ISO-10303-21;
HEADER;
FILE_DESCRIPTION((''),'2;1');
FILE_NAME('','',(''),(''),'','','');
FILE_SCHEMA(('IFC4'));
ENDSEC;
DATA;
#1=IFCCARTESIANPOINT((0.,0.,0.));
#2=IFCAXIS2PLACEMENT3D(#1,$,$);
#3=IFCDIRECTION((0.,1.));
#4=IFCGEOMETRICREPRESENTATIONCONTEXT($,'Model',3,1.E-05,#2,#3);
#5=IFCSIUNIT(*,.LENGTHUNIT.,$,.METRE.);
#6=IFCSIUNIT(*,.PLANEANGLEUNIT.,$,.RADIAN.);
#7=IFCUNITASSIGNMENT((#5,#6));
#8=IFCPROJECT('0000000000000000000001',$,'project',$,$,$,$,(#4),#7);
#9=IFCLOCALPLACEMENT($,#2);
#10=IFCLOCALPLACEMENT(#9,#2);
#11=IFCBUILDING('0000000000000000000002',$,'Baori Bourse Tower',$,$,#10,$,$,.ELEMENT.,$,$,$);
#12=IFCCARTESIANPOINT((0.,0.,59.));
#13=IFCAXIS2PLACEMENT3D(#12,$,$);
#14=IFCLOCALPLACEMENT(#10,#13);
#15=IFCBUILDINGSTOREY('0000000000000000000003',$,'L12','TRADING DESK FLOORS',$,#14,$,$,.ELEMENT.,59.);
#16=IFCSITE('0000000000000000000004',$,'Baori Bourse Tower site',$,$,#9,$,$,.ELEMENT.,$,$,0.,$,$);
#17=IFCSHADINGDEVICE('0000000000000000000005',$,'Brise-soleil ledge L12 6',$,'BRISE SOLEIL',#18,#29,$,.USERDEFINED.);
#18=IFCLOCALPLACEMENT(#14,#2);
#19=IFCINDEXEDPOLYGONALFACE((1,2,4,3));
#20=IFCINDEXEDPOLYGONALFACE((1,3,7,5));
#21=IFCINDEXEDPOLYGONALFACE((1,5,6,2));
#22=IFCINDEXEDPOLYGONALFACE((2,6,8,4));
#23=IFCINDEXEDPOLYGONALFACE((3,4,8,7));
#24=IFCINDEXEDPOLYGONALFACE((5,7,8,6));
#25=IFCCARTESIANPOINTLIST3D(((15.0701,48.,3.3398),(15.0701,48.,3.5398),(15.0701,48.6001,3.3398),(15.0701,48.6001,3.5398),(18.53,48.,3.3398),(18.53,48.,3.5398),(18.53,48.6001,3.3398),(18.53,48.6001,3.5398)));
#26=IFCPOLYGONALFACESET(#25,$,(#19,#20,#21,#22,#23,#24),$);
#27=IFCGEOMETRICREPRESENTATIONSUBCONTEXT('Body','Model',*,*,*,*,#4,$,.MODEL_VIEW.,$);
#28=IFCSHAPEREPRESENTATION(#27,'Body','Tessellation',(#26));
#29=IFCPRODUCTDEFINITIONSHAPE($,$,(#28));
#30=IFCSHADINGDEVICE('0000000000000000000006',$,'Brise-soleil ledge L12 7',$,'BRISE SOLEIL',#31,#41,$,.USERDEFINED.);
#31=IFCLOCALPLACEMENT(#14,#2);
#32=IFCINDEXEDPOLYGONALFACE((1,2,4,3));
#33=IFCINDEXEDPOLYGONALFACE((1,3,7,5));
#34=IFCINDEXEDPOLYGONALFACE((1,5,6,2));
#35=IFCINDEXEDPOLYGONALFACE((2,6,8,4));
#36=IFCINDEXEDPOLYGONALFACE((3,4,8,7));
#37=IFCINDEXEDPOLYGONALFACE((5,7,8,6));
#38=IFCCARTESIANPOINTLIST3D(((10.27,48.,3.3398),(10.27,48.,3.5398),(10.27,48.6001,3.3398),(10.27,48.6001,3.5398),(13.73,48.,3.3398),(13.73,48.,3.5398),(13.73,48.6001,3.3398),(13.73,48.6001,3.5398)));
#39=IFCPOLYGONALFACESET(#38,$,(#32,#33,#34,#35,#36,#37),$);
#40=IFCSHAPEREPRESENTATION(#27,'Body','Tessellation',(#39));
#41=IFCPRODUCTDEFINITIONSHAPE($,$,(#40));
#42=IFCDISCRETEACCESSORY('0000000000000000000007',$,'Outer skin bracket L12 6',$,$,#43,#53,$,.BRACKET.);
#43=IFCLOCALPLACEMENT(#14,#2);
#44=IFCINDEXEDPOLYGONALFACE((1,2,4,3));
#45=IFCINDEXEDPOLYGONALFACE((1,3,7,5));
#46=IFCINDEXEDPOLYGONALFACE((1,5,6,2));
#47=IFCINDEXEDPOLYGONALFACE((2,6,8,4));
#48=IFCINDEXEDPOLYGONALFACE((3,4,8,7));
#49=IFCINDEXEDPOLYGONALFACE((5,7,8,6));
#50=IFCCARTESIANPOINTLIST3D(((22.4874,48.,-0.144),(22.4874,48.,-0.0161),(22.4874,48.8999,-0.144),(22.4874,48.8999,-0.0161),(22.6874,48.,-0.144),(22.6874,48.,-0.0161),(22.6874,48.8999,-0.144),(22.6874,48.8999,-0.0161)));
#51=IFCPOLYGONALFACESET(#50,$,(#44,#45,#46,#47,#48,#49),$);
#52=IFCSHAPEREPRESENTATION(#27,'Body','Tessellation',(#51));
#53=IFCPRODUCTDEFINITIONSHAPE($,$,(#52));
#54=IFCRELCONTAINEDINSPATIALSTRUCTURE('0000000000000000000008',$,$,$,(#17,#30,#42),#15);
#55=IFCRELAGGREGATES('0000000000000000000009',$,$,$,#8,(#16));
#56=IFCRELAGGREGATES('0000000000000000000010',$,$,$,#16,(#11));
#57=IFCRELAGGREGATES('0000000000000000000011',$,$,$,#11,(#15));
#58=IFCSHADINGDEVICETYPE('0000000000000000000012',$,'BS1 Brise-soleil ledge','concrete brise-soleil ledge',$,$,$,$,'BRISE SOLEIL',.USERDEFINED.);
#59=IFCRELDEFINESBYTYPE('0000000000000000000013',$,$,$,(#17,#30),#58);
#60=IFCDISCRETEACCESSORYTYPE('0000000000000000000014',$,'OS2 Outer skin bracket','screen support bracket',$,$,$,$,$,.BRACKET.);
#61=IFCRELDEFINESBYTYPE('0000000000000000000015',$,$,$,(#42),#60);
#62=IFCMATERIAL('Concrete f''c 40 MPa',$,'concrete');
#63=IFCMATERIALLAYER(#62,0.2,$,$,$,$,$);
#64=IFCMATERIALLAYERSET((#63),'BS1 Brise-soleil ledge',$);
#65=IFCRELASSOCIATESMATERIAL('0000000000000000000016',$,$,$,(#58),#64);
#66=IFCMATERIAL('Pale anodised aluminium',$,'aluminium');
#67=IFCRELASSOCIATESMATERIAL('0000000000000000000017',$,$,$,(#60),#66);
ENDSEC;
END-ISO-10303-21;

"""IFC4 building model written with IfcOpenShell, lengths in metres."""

from ifc_helpers import new_model, si_unit, direction, frame, origin, origin_2d, place, context, subcontext, project, spatial, rectangle, extrude, material, layer, layer_set, type_object, element, save


model = new_model("IFC4")

# Units and contexts
model_context = context("Model", 3, precision=1e-05, world=origin(), true_north=direction((0.0, 1.0)))
body_context = subcontext(model_context, "Body", "Model", "MODEL_VIEW")
ifc_project = project(units=[si_unit("LENGTHUNIT", "METRE"), si_unit("PLANEANGLEUNIT", "RADIAN")], contexts=[model_context])

# Site, building, storey
site_placement = place(None, origin())
site = spatial("IfcSite", under=ifc_project, at=site_placement, Name="Baori Bourse Tower site", CompositionType="ELEMENT", RefElevation=0.0)
building_placement = place(site_placement, origin())
building = spatial("IfcBuilding", under=site, at=building_placement, Name="Baori Bourse Tower", CompositionType="ELEMENT")
storey_placement = place(building_placement, frame((0.0, 0.0, 59.0)))
storey = spatial("IfcBuildingStorey", under=building, at=storey_placement, Name="L12", Description="TRADING DESK FLOORS", CompositionType="ELEMENT", Elevation=59.0)

# Shading devices
ifc_material_1 = material(Name="Concrete f'c 40 MPa", Category="concrete")
ifc_layer_1 = layer(ifc_material_1, 0.2)
ifc_layer_set_1 = layer_set([ifc_layer_1], Name="BS1 Brise-soleil ledge")
shading_device_type = type_object("IfcShadingDeviceType", Name="BS1 Brise-soleil ledge", Description="concrete brise-soleil ledge", ElementType="BRISE SOLEIL", PredefinedType="USERDEFINED", material=ifc_layer_set_1)
for number, where, z_axis, x_axis, name in (
    (1, (16.8, 48.3, 3.3398), (0.0, 0.0, 1.0), (-1.0, 0.0, 0.0), "Brise-soleil ledge L12 6"),
    (2, (12.0, 48.3, 3.3398), (0.0, 0.0, 1.0), (-1.0, 0.0, 0.0), "Brise-soleil ledge L12 7"),
):
    element("IfcShadingDevice", number, at=place(storey_placement, frame(where, z_axis=z_axis, x_axis=x_axis)), inside=storey, type_object=shading_device_type, Name=name, ObjectType="BRISE SOLEIL", PredefinedType="USERDEFINED", context=body_context, shape_type="SweptSolid", body=[
        extrude(rectangle(XDim=3.46, YDim=0.6001, at=origin_2d()), origin(), (0.0, 0.0, 1.0), 0.2),
    ])

# Discrete accessory
ifc_material_2 = material(Name="Pale anodised aluminium", Category="aluminium")
discrete_accessory_type = type_object("IfcDiscreteAccessoryType", Name="OS2 Outer skin bracket", Description="screen support bracket", PredefinedType="BRACKET", material=ifc_material_2)
discrete_accessory_placement = place(storey_placement, frame((22.5874, 48.45, -0.144), z_axis=(0.0, 0.0, 1.0), x_axis=(-1.0, 0.0, 0.0)))
element("IfcDiscreteAccessory", 3, at=discrete_accessory_placement, inside=storey, type_object=discrete_accessory_type, Name="Outer skin bracket L12 6", PredefinedType="BRACKET", context=body_context, shape_type="SweptSolid", body=[
    extrude(rectangle(XDim=0.2, YDim=0.8999, at=origin_2d()), origin(), (0.0, 0.0, 1.0), 0.1279),
])

save(model, "model.ifc")
